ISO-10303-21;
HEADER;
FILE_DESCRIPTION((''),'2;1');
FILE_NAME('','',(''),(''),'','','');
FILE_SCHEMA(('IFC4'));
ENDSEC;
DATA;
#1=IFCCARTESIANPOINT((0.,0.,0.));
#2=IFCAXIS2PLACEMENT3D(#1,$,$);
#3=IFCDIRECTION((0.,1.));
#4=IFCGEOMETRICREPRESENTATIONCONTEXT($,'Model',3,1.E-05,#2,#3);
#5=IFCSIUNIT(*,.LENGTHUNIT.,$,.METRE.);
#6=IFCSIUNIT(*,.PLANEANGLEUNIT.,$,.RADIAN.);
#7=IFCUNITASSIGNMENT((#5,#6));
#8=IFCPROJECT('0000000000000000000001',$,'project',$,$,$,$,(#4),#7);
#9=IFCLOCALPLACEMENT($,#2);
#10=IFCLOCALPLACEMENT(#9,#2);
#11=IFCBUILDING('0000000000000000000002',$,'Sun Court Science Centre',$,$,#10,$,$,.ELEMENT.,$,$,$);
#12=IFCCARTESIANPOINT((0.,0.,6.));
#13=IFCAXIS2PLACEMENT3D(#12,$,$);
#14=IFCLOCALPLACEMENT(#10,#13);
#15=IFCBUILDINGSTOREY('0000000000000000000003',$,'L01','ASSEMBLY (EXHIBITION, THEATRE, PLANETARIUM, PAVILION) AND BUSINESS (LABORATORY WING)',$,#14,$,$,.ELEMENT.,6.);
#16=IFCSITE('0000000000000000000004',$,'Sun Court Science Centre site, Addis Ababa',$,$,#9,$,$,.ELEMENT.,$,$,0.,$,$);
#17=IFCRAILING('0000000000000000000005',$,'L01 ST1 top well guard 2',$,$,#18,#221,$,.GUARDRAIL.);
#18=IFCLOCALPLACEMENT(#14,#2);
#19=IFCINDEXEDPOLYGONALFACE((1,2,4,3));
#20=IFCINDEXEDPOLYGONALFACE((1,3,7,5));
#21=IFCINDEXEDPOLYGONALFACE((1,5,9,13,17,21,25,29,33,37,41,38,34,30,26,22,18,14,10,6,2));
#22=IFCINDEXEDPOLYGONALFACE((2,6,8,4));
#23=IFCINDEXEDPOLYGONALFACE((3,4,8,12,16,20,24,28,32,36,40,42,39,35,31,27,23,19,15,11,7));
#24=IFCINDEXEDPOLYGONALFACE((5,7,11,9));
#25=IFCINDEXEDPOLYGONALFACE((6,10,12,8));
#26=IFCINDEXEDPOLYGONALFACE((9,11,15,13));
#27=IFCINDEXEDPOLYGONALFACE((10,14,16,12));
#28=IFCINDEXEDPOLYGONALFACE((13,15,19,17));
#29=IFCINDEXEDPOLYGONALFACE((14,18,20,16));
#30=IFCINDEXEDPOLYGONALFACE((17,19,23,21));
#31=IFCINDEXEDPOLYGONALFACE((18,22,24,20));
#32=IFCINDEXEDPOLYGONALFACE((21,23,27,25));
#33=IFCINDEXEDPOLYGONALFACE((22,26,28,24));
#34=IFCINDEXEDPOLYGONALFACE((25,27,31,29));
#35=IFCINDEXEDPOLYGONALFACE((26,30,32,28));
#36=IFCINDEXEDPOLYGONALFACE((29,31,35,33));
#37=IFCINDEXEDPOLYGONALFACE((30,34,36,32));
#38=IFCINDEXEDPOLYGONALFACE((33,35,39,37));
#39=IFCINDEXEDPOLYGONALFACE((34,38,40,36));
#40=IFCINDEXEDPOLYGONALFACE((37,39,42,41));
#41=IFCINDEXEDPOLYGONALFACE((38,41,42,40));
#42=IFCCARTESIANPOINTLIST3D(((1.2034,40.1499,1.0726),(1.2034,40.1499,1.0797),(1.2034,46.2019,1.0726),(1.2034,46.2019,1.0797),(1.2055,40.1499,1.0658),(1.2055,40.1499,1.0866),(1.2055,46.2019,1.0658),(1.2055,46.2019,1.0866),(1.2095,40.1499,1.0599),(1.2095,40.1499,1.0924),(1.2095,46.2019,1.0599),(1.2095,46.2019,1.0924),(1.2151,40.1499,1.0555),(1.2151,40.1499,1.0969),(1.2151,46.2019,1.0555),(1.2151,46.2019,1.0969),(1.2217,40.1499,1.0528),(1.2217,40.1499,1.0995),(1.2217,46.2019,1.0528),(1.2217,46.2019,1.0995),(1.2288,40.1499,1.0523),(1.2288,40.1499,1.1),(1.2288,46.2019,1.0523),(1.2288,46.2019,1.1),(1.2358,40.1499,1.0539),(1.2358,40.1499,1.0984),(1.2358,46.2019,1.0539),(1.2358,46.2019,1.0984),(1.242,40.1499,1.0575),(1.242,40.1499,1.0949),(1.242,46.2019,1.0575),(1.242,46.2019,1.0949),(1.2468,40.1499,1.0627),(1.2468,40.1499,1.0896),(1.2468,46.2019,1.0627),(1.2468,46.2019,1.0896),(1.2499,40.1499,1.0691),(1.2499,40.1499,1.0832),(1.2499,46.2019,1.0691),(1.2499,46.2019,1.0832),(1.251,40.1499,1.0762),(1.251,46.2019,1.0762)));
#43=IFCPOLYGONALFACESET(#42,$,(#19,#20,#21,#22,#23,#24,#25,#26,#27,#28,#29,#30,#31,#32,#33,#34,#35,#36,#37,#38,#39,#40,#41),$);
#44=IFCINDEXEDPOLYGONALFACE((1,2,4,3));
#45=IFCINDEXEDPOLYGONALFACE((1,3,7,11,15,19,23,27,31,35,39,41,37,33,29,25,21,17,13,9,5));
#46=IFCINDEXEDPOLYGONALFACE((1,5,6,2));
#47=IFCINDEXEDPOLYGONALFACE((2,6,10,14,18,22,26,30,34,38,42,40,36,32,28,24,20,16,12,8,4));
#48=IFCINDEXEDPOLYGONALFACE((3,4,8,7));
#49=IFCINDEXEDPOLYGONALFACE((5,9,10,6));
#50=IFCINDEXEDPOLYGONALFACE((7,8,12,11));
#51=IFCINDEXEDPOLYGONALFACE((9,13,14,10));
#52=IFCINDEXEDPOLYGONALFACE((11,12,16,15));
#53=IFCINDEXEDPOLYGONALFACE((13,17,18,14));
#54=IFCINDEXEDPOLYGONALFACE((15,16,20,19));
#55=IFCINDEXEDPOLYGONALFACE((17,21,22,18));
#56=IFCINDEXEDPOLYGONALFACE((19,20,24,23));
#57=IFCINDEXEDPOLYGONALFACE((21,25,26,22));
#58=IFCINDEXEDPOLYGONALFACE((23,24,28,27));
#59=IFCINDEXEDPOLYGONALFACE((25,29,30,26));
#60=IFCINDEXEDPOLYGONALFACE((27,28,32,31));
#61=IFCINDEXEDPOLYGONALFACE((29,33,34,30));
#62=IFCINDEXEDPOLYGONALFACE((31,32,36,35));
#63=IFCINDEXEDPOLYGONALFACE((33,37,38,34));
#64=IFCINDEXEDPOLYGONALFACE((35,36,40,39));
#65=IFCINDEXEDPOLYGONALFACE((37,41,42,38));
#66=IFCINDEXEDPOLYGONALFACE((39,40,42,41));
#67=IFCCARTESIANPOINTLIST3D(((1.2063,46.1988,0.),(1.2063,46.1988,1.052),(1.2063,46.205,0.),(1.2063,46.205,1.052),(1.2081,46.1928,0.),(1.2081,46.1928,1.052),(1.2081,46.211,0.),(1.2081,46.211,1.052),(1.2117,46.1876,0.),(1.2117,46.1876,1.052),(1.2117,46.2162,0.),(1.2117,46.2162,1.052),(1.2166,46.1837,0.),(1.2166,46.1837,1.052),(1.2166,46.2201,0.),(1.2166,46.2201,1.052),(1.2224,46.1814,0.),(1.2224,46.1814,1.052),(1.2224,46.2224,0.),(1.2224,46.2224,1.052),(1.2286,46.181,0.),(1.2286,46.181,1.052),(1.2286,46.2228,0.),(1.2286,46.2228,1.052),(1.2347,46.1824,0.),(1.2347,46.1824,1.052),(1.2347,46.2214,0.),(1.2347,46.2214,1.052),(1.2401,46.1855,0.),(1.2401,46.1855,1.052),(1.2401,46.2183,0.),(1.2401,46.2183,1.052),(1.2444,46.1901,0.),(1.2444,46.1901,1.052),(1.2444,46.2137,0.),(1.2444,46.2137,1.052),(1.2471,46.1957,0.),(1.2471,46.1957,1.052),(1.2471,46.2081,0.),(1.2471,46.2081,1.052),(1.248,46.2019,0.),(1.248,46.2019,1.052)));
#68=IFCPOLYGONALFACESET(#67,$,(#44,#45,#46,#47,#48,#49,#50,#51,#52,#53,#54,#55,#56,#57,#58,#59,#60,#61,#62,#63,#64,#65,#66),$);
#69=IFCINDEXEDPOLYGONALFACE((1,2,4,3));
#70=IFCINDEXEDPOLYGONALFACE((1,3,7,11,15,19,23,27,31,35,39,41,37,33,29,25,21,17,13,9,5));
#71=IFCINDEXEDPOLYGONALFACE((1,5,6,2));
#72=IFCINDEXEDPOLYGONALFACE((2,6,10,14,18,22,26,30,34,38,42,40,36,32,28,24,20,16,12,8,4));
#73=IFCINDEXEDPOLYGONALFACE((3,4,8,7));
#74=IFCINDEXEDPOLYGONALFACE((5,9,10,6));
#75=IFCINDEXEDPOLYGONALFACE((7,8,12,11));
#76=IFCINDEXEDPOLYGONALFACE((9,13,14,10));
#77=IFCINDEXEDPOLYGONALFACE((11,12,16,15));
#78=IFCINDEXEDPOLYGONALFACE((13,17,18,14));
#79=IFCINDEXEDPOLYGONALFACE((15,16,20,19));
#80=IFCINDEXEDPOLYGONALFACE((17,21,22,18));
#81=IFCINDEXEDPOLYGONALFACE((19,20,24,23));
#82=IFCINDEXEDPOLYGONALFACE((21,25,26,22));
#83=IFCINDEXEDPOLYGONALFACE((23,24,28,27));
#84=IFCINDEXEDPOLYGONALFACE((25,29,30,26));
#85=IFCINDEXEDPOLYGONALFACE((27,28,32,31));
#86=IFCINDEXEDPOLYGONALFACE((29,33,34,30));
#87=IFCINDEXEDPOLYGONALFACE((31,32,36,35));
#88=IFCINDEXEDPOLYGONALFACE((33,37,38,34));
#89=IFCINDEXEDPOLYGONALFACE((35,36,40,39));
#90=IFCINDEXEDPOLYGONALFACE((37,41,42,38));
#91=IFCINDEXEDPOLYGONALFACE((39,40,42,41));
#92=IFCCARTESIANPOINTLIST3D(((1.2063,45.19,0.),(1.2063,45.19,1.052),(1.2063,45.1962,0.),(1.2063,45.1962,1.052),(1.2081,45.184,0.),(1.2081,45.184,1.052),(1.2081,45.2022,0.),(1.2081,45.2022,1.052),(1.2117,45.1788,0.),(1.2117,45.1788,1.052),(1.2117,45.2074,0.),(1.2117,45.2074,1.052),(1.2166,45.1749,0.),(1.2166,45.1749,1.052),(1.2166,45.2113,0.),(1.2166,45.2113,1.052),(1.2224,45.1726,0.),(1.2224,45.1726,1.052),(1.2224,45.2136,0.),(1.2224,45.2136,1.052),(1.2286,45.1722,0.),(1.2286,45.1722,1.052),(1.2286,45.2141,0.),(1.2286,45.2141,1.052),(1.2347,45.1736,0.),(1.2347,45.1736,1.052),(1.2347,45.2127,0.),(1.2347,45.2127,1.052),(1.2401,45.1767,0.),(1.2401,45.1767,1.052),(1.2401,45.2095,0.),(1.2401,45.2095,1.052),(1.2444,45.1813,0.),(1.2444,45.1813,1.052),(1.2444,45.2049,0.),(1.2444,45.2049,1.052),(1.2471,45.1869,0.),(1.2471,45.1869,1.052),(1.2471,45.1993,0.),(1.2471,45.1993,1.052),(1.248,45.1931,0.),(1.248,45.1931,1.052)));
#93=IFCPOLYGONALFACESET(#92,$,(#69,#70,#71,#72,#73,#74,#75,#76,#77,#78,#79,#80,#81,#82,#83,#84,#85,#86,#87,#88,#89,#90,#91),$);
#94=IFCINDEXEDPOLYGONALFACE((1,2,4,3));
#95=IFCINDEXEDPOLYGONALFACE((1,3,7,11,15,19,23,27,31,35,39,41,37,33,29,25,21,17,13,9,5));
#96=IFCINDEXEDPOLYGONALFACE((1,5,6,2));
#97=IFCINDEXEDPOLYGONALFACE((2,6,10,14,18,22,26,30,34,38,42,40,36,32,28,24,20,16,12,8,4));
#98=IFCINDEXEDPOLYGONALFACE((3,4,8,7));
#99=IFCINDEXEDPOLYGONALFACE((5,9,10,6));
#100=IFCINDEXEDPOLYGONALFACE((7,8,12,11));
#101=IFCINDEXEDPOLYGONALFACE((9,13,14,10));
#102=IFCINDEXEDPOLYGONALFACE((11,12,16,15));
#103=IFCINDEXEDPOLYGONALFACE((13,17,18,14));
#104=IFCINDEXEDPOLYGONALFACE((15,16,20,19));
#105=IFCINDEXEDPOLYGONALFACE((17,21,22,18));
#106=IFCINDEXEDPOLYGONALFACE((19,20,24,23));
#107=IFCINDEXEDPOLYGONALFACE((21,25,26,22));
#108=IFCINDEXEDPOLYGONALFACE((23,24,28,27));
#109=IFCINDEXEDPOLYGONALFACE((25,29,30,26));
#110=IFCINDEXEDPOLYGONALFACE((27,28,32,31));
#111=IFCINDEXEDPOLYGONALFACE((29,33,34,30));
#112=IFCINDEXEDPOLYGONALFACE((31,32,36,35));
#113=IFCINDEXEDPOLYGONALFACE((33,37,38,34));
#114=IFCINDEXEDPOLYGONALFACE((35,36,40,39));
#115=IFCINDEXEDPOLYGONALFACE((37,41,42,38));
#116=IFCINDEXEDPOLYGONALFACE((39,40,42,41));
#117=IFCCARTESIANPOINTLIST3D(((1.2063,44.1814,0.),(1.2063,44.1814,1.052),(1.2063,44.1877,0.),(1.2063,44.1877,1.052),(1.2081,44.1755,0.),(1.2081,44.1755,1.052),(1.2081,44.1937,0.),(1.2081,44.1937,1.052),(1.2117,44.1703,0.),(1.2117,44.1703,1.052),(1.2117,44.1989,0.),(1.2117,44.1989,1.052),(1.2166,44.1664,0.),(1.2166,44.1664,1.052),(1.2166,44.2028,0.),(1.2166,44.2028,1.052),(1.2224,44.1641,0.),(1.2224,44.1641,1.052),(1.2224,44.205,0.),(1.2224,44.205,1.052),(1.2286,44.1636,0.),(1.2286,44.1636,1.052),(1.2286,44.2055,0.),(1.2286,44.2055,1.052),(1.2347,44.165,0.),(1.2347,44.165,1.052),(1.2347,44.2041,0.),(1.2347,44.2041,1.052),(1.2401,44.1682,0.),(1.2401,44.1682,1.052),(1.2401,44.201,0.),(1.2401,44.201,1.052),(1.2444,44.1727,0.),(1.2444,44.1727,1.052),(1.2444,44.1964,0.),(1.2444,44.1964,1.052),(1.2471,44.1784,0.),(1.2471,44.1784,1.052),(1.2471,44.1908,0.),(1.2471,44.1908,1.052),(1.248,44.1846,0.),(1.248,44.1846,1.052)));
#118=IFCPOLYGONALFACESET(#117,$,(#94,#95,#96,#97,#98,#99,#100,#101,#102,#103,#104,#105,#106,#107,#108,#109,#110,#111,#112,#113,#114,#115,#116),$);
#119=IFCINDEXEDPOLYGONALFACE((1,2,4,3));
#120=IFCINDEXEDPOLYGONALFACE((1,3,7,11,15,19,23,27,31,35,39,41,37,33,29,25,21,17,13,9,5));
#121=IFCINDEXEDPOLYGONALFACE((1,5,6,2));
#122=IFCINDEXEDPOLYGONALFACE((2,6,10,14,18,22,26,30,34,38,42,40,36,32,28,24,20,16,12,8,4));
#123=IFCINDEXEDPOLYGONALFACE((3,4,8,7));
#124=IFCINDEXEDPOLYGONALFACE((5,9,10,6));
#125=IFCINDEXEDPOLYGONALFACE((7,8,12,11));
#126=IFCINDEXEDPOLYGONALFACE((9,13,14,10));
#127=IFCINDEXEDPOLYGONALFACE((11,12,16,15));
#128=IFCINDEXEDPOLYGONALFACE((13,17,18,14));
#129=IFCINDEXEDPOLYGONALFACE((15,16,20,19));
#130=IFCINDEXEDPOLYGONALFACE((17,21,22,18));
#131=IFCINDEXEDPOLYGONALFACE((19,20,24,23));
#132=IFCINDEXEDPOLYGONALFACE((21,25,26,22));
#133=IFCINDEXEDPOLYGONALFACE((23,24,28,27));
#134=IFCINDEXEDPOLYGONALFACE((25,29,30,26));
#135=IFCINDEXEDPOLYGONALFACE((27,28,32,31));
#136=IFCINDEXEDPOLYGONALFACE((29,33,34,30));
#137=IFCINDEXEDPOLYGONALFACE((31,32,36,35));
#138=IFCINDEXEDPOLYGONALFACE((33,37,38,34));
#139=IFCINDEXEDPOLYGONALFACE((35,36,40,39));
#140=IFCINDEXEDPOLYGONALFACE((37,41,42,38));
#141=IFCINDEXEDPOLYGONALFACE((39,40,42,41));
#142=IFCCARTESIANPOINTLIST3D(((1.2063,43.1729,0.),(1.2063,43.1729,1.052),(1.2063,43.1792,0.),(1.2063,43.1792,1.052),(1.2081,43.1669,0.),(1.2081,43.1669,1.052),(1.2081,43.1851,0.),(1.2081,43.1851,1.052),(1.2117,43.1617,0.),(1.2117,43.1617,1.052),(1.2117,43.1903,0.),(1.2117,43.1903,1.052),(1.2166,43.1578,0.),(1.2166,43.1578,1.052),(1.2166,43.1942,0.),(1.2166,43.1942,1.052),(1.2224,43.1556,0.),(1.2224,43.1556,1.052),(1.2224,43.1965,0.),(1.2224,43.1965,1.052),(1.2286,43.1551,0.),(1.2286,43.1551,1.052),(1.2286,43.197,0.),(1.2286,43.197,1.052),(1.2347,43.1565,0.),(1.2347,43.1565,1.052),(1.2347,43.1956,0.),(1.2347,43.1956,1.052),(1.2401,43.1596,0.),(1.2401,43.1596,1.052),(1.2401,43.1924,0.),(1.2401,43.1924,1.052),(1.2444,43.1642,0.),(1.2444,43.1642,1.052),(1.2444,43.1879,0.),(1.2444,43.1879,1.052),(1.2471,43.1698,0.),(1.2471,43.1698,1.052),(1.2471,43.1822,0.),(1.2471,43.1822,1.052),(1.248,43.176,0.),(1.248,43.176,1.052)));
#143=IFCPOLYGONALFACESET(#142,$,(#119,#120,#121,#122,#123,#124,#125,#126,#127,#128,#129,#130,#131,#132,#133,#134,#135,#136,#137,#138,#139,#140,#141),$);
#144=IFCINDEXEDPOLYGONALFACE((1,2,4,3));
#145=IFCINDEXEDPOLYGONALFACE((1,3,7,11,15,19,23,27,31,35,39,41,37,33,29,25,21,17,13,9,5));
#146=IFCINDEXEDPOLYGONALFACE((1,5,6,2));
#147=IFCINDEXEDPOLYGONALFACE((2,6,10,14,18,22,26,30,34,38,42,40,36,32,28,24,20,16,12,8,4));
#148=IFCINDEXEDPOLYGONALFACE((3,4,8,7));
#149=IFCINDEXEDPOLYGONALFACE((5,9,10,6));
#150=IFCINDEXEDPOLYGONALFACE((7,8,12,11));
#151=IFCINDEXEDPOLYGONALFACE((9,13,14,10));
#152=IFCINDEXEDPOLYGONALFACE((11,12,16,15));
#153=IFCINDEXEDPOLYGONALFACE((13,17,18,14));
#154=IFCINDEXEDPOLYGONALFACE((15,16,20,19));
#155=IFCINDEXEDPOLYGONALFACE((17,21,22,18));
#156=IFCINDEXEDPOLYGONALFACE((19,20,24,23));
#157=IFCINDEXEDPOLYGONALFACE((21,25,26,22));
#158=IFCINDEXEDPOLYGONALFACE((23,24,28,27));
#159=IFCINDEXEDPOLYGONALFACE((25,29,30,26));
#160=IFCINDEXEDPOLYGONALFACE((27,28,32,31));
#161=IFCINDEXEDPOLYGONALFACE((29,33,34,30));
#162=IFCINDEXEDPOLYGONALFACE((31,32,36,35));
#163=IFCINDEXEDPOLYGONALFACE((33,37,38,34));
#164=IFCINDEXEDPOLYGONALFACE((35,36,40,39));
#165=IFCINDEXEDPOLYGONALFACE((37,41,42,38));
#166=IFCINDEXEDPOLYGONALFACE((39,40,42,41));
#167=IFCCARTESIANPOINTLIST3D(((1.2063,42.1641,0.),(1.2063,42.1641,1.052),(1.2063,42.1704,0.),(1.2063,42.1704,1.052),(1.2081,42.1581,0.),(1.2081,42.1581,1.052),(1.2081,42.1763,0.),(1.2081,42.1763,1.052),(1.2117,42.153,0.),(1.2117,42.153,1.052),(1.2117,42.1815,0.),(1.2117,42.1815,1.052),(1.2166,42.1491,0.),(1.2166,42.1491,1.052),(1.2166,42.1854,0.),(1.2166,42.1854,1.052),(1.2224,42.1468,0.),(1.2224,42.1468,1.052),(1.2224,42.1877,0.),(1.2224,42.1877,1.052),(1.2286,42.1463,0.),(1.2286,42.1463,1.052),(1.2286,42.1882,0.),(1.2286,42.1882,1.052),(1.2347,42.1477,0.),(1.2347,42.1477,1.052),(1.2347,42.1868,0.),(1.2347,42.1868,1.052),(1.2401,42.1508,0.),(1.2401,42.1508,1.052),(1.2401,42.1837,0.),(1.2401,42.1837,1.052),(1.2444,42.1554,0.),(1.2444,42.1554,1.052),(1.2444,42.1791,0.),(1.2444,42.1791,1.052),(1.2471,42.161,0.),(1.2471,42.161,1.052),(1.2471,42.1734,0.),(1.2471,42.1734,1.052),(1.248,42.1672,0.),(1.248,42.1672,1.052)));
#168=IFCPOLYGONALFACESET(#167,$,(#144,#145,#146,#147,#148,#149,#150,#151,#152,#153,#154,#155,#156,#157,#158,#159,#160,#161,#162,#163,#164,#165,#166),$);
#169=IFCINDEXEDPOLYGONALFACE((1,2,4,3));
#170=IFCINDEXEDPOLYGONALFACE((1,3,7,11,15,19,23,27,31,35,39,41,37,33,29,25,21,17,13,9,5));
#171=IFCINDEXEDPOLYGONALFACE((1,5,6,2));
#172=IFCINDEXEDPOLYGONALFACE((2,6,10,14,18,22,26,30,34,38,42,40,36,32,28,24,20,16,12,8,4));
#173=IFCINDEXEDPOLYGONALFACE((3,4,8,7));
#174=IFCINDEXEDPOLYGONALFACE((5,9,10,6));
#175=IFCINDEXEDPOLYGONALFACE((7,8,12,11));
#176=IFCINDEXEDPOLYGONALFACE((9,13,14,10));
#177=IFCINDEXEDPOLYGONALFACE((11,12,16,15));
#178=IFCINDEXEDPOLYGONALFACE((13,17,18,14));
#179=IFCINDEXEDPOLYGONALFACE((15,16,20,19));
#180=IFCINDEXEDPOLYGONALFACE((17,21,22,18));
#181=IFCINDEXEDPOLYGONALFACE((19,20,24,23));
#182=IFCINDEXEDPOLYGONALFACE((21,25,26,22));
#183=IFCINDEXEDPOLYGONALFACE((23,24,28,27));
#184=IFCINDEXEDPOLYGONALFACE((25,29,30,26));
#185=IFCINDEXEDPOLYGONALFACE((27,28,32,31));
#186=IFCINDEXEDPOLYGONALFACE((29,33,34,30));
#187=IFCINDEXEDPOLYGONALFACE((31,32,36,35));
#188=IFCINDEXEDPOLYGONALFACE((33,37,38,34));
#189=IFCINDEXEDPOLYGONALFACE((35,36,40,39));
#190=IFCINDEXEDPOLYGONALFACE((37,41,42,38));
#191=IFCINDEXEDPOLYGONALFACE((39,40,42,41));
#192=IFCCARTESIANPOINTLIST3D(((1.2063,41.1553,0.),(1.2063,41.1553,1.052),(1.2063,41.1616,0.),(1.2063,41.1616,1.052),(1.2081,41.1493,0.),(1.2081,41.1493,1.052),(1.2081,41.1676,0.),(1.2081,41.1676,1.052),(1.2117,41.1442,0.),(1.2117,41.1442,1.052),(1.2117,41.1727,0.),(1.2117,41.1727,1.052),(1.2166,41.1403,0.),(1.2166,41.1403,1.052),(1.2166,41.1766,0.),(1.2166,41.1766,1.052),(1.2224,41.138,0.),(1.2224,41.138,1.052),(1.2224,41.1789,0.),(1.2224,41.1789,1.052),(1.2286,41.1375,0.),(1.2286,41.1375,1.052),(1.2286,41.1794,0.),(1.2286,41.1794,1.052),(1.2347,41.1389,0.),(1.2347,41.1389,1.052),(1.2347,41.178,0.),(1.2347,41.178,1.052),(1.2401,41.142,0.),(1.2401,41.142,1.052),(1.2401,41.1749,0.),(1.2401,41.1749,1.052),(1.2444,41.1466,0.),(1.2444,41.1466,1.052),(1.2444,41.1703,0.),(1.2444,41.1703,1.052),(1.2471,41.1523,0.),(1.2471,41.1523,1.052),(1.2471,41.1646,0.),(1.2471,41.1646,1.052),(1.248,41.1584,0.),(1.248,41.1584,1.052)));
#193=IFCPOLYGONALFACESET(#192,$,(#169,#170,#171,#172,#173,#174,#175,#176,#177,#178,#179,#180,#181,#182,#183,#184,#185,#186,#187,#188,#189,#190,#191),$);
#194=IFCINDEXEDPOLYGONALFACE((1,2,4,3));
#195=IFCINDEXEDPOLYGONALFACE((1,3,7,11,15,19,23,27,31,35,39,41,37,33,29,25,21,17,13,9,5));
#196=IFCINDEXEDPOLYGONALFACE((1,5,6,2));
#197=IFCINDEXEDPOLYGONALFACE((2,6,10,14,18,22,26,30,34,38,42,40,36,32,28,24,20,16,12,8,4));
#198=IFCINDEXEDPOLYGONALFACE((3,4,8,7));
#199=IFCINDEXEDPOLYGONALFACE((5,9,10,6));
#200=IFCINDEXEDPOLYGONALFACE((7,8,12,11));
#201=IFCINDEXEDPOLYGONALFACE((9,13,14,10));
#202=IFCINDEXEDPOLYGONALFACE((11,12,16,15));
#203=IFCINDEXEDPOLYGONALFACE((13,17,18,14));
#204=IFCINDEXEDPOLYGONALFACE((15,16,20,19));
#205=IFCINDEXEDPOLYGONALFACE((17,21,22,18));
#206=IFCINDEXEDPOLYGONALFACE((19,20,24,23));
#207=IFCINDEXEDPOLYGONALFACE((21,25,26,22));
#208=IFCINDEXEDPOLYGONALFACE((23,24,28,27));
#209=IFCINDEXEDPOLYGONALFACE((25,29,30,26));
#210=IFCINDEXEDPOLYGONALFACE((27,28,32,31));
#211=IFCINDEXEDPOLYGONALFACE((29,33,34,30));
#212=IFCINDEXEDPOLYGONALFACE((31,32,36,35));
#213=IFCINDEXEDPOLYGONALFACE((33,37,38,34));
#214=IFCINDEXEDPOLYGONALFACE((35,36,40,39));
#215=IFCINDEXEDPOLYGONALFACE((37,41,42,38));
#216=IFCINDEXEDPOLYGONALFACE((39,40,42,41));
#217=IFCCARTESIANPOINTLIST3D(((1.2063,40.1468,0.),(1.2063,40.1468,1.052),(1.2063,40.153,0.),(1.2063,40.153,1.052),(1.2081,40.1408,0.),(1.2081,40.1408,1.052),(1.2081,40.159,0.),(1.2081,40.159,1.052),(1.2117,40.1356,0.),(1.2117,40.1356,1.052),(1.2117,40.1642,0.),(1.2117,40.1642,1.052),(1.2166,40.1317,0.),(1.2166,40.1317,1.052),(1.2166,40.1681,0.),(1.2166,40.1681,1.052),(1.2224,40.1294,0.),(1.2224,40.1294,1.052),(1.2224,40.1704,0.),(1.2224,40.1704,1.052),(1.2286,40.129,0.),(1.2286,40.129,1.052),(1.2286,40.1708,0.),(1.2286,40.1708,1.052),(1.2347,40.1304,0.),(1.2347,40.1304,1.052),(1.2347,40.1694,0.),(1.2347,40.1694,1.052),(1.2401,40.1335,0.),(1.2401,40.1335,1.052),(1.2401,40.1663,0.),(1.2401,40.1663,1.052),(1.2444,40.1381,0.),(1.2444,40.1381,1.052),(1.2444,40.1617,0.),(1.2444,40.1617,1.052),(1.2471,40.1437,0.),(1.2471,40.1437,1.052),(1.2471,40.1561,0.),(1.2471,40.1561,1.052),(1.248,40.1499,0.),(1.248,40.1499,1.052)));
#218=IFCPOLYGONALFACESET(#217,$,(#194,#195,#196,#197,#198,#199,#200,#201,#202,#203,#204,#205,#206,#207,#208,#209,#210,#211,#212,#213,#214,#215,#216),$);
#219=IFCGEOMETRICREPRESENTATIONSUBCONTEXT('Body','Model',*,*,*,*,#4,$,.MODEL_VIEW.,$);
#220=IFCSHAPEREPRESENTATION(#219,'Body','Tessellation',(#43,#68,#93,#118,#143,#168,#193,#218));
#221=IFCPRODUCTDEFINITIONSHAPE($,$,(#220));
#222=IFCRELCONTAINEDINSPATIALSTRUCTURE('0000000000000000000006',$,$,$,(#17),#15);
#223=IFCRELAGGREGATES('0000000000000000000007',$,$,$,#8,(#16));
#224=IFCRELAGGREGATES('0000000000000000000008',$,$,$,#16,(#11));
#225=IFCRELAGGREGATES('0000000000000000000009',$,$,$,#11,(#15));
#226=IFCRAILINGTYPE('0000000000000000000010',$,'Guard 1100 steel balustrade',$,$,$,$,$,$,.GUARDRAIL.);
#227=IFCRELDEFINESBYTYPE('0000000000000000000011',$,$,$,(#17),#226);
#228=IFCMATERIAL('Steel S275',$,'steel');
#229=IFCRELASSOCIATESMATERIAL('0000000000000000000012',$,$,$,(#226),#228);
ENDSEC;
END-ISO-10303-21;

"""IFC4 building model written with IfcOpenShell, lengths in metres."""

from ifc_helpers import new_model, si_unit, direction, frame, origin, origin_2d, place, context, subcontext, project, spatial, circle, extrude, material, type_object, element, save


model = new_model("IFC4")

# Units and contexts
model_context = context("Model", 3, precision=1e-05, world=origin(), true_north=direction((0.0, 1.0)))
body_context = subcontext(model_context, "Body", "Model", "MODEL_VIEW")
ifc_project = project(units=[si_unit("LENGTHUNIT", "METRE"), si_unit("PLANEANGLEUNIT", "RADIAN")], contexts=[model_context])

# Site, building, storey
site_placement = place(None, origin())
site = spatial("IfcSite", under=ifc_project, at=site_placement, Name="Sun Court Science Centre site, Addis Ababa", CompositionType="ELEMENT", RefElevation=0.0)
building_placement = place(site_placement, origin())
building = spatial("IfcBuilding", under=site, at=building_placement, Name="Sun Court Science Centre", CompositionType="ELEMENT")
storey_placement = place(building_placement, frame((0.0, 0.0, 6.0)))
storey = spatial("IfcBuildingStorey", under=building, at=storey_placement, Name="L01", Description="ASSEMBLY (EXHIBITION, THEATRE, PLANETARIUM, PAVILION) AND BUSINESS (LABORATORY WING)", CompositionType="ELEMENT", Elevation=6.0)

# Railing
ifc_material_1 = material(Name="Steel S275", Category="steel")
railing_type = type_object("IfcRailingType", Name="Guard 1100 steel balustrade", PredefinedType="GUARDRAIL", material=ifc_material_1)
railing_1_placement = place(storey_placement, frame((1.2271, 46.2019, 0.0)))
element("IfcRailing", 1, at=railing_1_placement, inside=storey, type_object=railing_type, Name="L01 ST1 top well guard 2", PredefinedType="GUARDRAIL", context=body_context, shape_type="SweptSolid", body=[
    extrude(circle(Radius=0.0239, at=origin_2d()), frame((0.0, 0.0, 1.0762), z_axis=(0.0, -1.0, 0.0), x_axis=(1.0, 0.0, 0.0)), (0.0, 0.0, 1.0), 6.052),
    extrude(circle(Radius=0.021, at=origin_2d()), origin(), (0.0, 0.0, 1.0), 1.052),
    extrude(circle(Radius=0.021, at=origin_2d()), frame((0.0, -1.0088, 0.0)), (0.0, 0.0, 1.0), 1.052),
    extrude(circle(Radius=0.021, at=origin_2d()), frame((0.0, -2.0173, 0.0)), (0.0, 0.0, 1.0), 1.052),
    extrude(circle(Radius=0.021, at=origin_2d()), frame((0.0, -3.0259, 0.0)), (0.0, 0.0, 1.0), 1.052),
    extrude(circle(Radius=0.021, at=origin_2d()), frame((0.0, -4.0347, 0.0)), (0.0, 0.0, 1.0), 1.052),
    extrude(circle(Radius=0.021, at=origin_2d()), frame((0.0, -5.0435, 0.0)), (0.0, 0.0, 1.0), 1.052),
    extrude(circle(Radius=0.021, at=origin_2d()), frame((0.0, -6.052, 0.0)), (0.0, 0.0, 1.0), 1.052),
])

save(model, "model.ifc")
